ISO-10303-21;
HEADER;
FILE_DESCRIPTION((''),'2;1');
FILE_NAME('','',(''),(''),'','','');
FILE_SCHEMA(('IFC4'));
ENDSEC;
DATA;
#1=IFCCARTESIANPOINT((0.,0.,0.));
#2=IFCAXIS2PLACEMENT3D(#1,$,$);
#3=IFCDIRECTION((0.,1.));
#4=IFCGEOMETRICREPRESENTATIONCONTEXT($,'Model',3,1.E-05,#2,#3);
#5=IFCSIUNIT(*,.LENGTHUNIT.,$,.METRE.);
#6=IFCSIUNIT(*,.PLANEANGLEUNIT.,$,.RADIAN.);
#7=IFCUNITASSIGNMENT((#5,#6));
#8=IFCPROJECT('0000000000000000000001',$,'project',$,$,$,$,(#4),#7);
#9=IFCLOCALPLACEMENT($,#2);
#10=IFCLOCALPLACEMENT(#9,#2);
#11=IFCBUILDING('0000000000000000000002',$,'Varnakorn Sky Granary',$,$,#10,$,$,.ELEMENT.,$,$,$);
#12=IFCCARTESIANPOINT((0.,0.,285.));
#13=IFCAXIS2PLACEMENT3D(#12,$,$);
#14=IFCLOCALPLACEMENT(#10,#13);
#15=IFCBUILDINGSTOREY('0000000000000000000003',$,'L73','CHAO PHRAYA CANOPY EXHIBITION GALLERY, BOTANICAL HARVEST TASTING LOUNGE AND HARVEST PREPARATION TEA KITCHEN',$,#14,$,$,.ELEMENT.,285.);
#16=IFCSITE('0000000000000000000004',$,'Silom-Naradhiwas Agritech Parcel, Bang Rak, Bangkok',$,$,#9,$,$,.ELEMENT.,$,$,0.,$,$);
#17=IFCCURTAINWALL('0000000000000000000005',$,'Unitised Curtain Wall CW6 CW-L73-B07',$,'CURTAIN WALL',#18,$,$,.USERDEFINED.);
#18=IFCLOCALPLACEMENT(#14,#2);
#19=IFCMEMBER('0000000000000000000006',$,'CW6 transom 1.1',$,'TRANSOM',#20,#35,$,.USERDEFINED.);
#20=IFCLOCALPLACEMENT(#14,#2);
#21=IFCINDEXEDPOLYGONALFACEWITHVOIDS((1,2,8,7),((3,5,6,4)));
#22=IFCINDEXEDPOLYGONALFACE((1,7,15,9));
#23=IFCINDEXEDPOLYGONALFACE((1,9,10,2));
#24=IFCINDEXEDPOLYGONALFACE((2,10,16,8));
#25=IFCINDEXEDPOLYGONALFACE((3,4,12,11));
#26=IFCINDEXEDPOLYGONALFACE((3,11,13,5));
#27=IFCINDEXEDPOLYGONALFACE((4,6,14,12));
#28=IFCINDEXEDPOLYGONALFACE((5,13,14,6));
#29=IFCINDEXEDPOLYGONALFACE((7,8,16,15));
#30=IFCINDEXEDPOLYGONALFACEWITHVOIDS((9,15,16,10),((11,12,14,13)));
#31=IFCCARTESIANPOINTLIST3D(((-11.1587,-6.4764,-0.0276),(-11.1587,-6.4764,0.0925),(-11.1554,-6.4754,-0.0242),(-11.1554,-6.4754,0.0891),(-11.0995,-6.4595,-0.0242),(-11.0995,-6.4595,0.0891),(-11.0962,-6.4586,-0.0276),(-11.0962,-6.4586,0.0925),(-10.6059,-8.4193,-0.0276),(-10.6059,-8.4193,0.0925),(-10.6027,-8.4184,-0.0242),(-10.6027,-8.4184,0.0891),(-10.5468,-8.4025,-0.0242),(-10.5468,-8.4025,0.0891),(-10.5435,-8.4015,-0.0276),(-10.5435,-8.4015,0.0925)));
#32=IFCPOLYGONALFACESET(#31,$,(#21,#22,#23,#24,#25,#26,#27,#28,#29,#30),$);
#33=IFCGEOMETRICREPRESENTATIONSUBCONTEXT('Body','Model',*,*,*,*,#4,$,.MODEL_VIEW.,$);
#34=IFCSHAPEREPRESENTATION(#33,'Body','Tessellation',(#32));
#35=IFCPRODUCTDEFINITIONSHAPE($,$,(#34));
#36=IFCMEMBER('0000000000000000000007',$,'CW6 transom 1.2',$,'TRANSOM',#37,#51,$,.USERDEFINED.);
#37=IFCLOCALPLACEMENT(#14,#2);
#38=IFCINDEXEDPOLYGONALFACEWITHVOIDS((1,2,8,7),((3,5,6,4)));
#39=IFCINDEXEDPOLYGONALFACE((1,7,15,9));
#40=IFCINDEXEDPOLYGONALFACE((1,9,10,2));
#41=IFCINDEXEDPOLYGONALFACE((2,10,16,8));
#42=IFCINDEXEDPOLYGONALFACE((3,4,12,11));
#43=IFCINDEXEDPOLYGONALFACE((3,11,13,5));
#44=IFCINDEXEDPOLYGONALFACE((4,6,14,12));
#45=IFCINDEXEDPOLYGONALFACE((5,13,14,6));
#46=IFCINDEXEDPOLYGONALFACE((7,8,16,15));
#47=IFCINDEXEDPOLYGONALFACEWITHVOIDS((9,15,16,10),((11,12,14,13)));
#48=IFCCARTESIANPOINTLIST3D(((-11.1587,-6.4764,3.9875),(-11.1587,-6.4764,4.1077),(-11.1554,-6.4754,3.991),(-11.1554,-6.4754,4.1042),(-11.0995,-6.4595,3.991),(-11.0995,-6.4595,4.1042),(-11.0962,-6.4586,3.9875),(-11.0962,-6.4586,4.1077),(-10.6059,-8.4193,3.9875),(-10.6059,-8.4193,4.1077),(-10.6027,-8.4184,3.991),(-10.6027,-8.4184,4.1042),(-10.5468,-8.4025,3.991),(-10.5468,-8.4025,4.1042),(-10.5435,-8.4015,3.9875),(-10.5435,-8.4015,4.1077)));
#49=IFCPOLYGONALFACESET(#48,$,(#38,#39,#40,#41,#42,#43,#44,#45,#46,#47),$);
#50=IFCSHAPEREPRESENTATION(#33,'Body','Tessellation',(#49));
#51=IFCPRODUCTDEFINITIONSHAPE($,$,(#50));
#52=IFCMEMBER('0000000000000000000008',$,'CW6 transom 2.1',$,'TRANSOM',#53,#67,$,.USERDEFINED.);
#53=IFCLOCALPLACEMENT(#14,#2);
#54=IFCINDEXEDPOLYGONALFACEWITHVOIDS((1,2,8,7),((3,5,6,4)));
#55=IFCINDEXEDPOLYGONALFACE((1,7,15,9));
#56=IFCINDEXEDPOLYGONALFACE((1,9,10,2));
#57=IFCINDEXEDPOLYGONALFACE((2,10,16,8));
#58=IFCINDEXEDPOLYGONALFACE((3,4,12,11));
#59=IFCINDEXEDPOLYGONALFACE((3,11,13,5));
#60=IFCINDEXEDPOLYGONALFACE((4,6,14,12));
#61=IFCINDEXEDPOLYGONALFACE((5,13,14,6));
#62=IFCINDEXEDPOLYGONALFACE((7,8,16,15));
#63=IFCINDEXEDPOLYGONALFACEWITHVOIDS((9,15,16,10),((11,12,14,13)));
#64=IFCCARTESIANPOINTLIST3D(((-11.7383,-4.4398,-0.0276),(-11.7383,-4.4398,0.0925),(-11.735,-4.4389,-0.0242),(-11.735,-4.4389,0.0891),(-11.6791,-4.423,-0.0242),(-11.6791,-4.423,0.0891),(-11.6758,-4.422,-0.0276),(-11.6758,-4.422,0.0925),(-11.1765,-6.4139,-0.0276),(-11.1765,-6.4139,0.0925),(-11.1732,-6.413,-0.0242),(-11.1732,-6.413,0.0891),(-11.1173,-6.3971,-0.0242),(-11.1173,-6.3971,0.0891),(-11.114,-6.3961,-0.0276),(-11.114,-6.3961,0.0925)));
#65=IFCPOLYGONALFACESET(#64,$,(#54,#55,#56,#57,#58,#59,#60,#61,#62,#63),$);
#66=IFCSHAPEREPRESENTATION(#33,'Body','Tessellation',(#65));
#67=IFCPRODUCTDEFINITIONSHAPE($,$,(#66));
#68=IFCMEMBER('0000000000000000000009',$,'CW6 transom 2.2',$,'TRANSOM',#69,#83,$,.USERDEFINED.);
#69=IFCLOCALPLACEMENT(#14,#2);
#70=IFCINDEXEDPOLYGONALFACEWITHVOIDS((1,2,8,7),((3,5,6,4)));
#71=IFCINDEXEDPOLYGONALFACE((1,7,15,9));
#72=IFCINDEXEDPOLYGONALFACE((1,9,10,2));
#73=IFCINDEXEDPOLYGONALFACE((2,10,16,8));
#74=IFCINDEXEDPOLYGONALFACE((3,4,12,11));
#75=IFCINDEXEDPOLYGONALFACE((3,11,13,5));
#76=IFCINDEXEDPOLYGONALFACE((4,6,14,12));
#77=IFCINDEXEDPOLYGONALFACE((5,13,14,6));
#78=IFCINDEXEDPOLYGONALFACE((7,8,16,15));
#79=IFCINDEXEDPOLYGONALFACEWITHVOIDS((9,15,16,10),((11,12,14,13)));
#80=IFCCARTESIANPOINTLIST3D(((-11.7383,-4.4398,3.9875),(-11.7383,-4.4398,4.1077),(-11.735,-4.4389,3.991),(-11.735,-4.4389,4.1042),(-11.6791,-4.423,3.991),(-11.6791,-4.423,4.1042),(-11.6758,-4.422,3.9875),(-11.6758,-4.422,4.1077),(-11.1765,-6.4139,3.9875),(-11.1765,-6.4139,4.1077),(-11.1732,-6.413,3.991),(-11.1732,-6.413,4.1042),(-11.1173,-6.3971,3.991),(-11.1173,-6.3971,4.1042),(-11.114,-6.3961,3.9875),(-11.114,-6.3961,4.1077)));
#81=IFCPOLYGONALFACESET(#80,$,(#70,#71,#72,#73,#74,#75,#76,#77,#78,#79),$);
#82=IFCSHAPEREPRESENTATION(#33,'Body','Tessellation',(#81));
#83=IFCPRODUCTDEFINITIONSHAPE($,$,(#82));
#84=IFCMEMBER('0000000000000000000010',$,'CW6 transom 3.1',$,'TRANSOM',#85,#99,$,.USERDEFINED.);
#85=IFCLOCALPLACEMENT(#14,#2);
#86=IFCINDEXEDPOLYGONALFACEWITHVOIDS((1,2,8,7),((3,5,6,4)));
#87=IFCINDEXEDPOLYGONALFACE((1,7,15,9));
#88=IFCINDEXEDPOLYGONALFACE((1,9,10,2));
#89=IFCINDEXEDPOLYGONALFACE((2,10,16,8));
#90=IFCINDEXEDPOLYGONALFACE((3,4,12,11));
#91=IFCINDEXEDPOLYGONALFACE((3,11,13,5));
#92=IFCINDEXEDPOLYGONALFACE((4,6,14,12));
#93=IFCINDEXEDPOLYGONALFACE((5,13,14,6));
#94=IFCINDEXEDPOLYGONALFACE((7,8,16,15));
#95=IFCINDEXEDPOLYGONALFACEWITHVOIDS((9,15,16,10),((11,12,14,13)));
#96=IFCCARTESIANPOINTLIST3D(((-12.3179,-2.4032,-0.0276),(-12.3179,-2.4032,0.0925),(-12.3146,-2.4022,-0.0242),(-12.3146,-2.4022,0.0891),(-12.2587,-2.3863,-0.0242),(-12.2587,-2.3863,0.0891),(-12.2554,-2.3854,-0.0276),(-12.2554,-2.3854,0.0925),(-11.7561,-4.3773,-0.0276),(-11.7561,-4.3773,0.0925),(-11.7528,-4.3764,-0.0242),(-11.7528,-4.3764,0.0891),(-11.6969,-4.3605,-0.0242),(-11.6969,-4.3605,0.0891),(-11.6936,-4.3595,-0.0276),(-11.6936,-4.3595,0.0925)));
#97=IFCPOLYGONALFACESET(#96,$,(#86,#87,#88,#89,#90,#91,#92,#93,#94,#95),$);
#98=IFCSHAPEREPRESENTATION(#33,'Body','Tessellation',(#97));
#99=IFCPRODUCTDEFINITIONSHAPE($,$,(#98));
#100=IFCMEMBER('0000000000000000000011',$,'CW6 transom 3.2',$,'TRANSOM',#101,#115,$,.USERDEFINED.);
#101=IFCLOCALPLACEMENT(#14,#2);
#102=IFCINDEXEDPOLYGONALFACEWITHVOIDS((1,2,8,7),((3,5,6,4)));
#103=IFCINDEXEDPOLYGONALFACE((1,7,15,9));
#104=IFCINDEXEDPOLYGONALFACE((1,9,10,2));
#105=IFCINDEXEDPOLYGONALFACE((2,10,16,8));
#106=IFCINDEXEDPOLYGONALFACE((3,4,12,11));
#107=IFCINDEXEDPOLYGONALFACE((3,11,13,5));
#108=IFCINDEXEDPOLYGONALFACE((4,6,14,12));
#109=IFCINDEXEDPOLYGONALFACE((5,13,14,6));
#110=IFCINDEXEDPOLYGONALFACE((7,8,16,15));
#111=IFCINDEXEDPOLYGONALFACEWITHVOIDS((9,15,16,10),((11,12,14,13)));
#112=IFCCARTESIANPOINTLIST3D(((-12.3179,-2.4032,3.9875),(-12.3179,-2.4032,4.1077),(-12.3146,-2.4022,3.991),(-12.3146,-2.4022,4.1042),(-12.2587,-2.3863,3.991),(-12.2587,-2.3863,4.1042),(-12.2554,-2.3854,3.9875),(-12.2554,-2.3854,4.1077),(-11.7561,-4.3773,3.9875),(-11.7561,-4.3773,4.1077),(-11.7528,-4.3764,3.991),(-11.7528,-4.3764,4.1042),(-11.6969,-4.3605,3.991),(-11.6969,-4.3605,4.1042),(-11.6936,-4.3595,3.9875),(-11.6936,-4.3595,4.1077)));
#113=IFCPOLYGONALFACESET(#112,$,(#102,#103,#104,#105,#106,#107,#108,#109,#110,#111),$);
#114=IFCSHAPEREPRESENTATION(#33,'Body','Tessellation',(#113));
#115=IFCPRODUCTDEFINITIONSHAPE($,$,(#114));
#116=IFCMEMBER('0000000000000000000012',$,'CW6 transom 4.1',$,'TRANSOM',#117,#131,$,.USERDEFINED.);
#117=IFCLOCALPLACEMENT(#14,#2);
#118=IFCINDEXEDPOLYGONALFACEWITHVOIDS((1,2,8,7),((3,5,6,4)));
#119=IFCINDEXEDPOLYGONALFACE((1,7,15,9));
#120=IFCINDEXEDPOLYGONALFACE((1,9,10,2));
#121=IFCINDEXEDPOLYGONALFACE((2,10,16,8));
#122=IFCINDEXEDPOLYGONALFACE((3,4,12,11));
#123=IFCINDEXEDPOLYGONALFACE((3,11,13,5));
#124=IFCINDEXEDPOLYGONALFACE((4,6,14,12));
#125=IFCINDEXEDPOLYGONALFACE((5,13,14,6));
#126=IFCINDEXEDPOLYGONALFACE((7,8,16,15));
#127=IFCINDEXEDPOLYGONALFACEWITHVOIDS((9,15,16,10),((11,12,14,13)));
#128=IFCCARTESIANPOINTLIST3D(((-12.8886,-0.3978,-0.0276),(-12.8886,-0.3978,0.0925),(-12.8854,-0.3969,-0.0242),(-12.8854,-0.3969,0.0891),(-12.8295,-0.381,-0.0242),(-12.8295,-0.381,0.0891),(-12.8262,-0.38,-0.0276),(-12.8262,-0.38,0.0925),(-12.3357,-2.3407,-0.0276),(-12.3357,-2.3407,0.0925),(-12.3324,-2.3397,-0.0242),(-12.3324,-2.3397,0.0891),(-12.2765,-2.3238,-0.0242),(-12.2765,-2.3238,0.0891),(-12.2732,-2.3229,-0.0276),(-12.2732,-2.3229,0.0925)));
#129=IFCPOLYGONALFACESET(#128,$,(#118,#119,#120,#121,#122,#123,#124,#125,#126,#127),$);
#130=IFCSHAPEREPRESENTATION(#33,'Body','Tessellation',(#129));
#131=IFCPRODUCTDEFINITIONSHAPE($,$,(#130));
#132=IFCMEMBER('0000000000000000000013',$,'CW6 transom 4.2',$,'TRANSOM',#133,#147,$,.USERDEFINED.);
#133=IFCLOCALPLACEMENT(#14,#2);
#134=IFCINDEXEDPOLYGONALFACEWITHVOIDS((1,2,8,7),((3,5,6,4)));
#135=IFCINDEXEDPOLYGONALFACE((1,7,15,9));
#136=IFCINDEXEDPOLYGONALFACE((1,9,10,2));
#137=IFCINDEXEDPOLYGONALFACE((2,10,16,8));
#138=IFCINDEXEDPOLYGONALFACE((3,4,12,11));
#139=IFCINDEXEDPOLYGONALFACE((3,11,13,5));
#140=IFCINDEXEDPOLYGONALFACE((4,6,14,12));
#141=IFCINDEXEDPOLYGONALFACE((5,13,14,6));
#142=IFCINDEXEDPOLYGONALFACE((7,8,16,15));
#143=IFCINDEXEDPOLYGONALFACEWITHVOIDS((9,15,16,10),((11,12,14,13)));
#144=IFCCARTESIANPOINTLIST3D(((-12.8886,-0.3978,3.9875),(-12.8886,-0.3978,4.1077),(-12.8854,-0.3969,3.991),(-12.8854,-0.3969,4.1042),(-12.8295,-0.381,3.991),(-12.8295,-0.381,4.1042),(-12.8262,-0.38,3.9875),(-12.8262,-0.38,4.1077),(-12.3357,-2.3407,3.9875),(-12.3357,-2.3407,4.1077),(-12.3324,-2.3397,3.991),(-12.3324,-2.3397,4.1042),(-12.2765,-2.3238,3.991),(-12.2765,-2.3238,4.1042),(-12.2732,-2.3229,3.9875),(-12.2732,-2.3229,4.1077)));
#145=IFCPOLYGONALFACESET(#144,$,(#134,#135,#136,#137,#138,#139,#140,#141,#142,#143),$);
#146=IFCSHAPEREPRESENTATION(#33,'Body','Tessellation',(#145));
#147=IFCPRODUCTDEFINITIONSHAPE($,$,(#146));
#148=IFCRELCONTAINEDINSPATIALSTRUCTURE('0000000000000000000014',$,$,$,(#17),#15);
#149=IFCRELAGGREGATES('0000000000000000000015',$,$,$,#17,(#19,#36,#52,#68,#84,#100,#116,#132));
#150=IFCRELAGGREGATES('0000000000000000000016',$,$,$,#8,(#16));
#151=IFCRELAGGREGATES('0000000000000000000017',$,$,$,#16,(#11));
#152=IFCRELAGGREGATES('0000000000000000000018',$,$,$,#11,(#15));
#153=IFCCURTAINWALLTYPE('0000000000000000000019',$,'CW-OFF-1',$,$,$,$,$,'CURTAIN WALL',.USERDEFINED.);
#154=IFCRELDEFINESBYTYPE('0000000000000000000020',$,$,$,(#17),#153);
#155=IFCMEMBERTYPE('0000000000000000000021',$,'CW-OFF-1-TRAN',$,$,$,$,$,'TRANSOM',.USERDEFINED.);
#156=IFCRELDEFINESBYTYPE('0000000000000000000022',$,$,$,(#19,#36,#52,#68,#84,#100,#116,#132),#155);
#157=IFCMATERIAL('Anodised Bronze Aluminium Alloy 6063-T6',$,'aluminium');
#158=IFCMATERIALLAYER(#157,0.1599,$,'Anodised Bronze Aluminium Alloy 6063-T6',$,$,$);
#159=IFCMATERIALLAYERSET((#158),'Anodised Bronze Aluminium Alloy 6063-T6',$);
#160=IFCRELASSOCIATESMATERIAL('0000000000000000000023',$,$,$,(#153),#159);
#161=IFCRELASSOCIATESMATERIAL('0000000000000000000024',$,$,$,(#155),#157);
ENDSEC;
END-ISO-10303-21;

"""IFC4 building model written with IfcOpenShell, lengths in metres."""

from ifc_helpers import new_model, si_unit, direction, frame, origin, origin_2d, place, context, subcontext, project, spatial, hollow_rectangle, extrude, material, layer, layer_set, material_profile, profile_set, type_object, element, aggregate, save


model = new_model("IFC4")

# Units and contexts
model_context = context("Model", 3, precision=1e-05, world=origin(), true_north=direction((0.0, 1.0)))
body_context = subcontext(model_context, "Body", "Model", "MODEL_VIEW")
ifc_project = project(units=[si_unit("LENGTHUNIT", "METRE"), si_unit("PLANEANGLEUNIT", "RADIAN")], contexts=[model_context])

# Site, building, storey
site_placement = place(None, origin())
site = spatial("IfcSite", under=ifc_project, at=site_placement, Name="Silom-Naradhiwas Agritech Parcel, Bang Rak, Bangkok", CompositionType="ELEMENT", RefElevation=0.0)
building_placement = place(site_placement, origin())
building = spatial("IfcBuilding", under=site, at=building_placement, Name="Varnakorn Sky Granary", CompositionType="ELEMENT")
storey_placement = place(building_placement, frame((0.0, 0.0, 285.0)))
storey = spatial("IfcBuildingStorey", under=building, at=storey_placement, Name="L73", Description="CHAO PHRAYA CANOPY EXHIBITION GALLERY, BOTANICAL HARVEST TASTING LOUNGE AND HARVEST PREPARATION TEA KITCHEN", CompositionType="ELEMENT", Elevation=285.0)

# Shared definitions
ifc_material_1 = material(Name="Anodised Bronze Aluminium Alloy 6063-T6", Category="aluminium")
ifc_layer_1 = layer(ifc_material_1, 0.1599, Name="Anodised Bronze Aluminium Alloy 6063-T6")
ifc_layer_set_1 = layer_set([ifc_layer_1], Name="Anodised Bronze Aluminium Alloy 6063-T6")
curtain_wall_type = type_object("IfcCurtainWallType", Name="CW-OFF-1", ElementType="CURTAIN WALL", PredefinedType="USERDEFINED", material=ifc_layer_set_1)

# Curtain wall, members
curtain_wall_1_placement = place(storey_placement, origin())
curtain_wall_1 = element("IfcCurtainWall", 1, at=curtain_wall_1_placement, inside=storey, type_object=curtain_wall_type, Name="Unitised Curtain Wall CW6 CW-L73-B07", ObjectType="CURTAIN WALL", PredefinedType="USERDEFINED")
ifc_material_profile_1 = material_profile(ifc_material_1, hollow_rectangle(XDim=0.0649, YDim=0.1201, WallThickness=0.0034, at=origin_2d()), Name="ALU TRAN 65x120")
ifc_profile_set_1 = profile_set([ifc_material_profile_1], Name="Anodised Bronze Aluminium Alloy 6063-T6")
member_type_1 = type_object("IfcMemberType", Name="CW-OFF-1-TRAN", ElementType="TRANSOM", PredefinedType="USERDEFINED", material=ifc_profile_set_1)
member_1_placement = place(storey_placement, frame((-10.5747, -8.4104, 0.0325), z_axis=(-0.273635, 0.961833, 0.0), x_axis=(-0.961833, -0.273635, 0.0)))
member_1 = element("IfcMember", 2, at=member_1_placement, type_object=member_type_1, Name="CW6 transom 1.1", ObjectType="TRANSOM", PredefinedType="USERDEFINED", context=body_context, shape_type="SweptSolid", body=[
    extrude(hollow_rectangle(XDim=0.0649, YDim=0.1201, WallThickness=0.0034, at=origin_2d()), origin(), (0.0, 0.0, 1.0), 2.02),
])
member_2_placement = place(storey_placement, frame((-10.5747, -8.4104, 4.0476), z_axis=(-0.273635, 0.961833, 0.0), x_axis=(-0.961833, -0.273635, 0.0)))
member_2 = element("IfcMember", 3, at=member_2_placement, type_object=member_type_1, Name="CW6 transom 1.2", ObjectType="TRANSOM", PredefinedType="USERDEFINED", context=body_context, shape_type="SweptSolid", body=[
    extrude(hollow_rectangle(XDim=0.0649, YDim=0.1201, WallThickness=0.0034, at=origin_2d()), origin(), (0.0, 0.0, 1.0), 2.02),
])
member_3_placement = place(storey_placement, frame((-11.1453, -6.405, 0.0325), z_axis=(-0.2737, 0.961815, 0.0), x_axis=(-0.961815, -0.2737, 0.0)))
member_3 = element("IfcMember", 4, at=member_3_placement, type_object=member_type_1, Name="CW6 transom 2.1", ObjectType="TRANSOM", PredefinedType="USERDEFINED", context=body_context, shape_type="SweptSolid", body=[
    extrude(hollow_rectangle(XDim=0.0649, YDim=0.1201, WallThickness=0.0034, at=origin_2d()), origin(), (0.0, 0.0, 1.0), 2.0525),
])
member_4_placement = place(storey_placement, frame((-11.1453, -6.405, 4.0476), z_axis=(-0.2737, 0.961815, 0.0), x_axis=(-0.961815, -0.2737, 0.0)))
member_4 = element("IfcMember", 5, at=member_4_placement, type_object=member_type_1, Name="CW6 transom 2.2", ObjectType="TRANSOM", PredefinedType="USERDEFINED", context=body_context, shape_type="SweptSolid", body=[
    extrude(hollow_rectangle(XDim=0.0649, YDim=0.1201, WallThickness=0.0034, at=origin_2d()), origin(), (0.0, 0.0, 1.0), 2.0525),
])
member_5_placement = place(storey_placement, frame((-11.7249, -4.3684, 0.0325), z_axis=(-0.2737, 0.961815, 0.0), x_axis=(-0.961815, -0.2737, 0.0)))
member_5 = element("IfcMember", 6, at=member_5_placement, type_object=member_type_1, Name="CW6 transom 3.1", ObjectType="TRANSOM", PredefinedType="USERDEFINED", context=body_context, shape_type="SweptSolid", body=[
    extrude(hollow_rectangle(XDim=0.0649, YDim=0.1201, WallThickness=0.0034, at=origin_2d()), origin(), (0.0, 0.0, 1.0), 2.0525),
])
member_6_placement = place(storey_placement, frame((-11.7249, -4.3684, 4.0476), z_axis=(-0.2737, 0.961815, 0.0), x_axis=(-0.961815, -0.2737, 0.0)))
member_6 = element("IfcMember", 7, at=member_6_placement, type_object=member_type_1, Name="CW6 transom 3.2", ObjectType="TRANSOM", PredefinedType="USERDEFINED", context=body_context, shape_type="SweptSolid", body=[
    extrude(hollow_rectangle(XDim=0.0649, YDim=0.1201, WallThickness=0.0034, at=origin_2d()), origin(), (0.0, 0.0, 1.0), 2.0525),
])
member_7_placement = place(storey_placement, frame((-12.3044, -2.3318, 0.0325), z_axis=(-0.273747, 0.961802, 0.0), x_axis=(-0.961802, -0.273747, 0.0)))
member_7 = element("IfcMember", 8, at=member_7_placement, type_object=member_type_1, Name="CW6 transom 4.1", ObjectType="TRANSOM", PredefinedType="USERDEFINED", context=body_context, shape_type="SweptSolid", body=[
    extrude(hollow_rectangle(XDim=0.0649, YDim=0.1201, WallThickness=0.0034, at=origin_2d()), origin(), (0.0, 0.0, 1.0), 2.02),
])
member_8_placement = place(storey_placement, frame((-12.3044, -2.3318, 4.0476), z_axis=(-0.273747, 0.961802, 0.0), x_axis=(-0.961802, -0.273747, 0.0)))
member_8 = element("IfcMember", 9, at=member_8_placement, type_object=member_type_1, Name="CW6 transom 4.2", ObjectType="TRANSOM", PredefinedType="USERDEFINED", context=body_context, shape_type="SweptSolid", body=[
    extrude(hollow_rectangle(XDim=0.0649, YDim=0.1201, WallThickness=0.0034, at=origin_2d()), origin(), (0.0, 0.0, 1.0), 2.02),
])

aggregate(curtain_wall_1, [member_1, member_2, member_3, member_4, member_5, member_6, member_7, member_8])

save(model, "model.ifc")
